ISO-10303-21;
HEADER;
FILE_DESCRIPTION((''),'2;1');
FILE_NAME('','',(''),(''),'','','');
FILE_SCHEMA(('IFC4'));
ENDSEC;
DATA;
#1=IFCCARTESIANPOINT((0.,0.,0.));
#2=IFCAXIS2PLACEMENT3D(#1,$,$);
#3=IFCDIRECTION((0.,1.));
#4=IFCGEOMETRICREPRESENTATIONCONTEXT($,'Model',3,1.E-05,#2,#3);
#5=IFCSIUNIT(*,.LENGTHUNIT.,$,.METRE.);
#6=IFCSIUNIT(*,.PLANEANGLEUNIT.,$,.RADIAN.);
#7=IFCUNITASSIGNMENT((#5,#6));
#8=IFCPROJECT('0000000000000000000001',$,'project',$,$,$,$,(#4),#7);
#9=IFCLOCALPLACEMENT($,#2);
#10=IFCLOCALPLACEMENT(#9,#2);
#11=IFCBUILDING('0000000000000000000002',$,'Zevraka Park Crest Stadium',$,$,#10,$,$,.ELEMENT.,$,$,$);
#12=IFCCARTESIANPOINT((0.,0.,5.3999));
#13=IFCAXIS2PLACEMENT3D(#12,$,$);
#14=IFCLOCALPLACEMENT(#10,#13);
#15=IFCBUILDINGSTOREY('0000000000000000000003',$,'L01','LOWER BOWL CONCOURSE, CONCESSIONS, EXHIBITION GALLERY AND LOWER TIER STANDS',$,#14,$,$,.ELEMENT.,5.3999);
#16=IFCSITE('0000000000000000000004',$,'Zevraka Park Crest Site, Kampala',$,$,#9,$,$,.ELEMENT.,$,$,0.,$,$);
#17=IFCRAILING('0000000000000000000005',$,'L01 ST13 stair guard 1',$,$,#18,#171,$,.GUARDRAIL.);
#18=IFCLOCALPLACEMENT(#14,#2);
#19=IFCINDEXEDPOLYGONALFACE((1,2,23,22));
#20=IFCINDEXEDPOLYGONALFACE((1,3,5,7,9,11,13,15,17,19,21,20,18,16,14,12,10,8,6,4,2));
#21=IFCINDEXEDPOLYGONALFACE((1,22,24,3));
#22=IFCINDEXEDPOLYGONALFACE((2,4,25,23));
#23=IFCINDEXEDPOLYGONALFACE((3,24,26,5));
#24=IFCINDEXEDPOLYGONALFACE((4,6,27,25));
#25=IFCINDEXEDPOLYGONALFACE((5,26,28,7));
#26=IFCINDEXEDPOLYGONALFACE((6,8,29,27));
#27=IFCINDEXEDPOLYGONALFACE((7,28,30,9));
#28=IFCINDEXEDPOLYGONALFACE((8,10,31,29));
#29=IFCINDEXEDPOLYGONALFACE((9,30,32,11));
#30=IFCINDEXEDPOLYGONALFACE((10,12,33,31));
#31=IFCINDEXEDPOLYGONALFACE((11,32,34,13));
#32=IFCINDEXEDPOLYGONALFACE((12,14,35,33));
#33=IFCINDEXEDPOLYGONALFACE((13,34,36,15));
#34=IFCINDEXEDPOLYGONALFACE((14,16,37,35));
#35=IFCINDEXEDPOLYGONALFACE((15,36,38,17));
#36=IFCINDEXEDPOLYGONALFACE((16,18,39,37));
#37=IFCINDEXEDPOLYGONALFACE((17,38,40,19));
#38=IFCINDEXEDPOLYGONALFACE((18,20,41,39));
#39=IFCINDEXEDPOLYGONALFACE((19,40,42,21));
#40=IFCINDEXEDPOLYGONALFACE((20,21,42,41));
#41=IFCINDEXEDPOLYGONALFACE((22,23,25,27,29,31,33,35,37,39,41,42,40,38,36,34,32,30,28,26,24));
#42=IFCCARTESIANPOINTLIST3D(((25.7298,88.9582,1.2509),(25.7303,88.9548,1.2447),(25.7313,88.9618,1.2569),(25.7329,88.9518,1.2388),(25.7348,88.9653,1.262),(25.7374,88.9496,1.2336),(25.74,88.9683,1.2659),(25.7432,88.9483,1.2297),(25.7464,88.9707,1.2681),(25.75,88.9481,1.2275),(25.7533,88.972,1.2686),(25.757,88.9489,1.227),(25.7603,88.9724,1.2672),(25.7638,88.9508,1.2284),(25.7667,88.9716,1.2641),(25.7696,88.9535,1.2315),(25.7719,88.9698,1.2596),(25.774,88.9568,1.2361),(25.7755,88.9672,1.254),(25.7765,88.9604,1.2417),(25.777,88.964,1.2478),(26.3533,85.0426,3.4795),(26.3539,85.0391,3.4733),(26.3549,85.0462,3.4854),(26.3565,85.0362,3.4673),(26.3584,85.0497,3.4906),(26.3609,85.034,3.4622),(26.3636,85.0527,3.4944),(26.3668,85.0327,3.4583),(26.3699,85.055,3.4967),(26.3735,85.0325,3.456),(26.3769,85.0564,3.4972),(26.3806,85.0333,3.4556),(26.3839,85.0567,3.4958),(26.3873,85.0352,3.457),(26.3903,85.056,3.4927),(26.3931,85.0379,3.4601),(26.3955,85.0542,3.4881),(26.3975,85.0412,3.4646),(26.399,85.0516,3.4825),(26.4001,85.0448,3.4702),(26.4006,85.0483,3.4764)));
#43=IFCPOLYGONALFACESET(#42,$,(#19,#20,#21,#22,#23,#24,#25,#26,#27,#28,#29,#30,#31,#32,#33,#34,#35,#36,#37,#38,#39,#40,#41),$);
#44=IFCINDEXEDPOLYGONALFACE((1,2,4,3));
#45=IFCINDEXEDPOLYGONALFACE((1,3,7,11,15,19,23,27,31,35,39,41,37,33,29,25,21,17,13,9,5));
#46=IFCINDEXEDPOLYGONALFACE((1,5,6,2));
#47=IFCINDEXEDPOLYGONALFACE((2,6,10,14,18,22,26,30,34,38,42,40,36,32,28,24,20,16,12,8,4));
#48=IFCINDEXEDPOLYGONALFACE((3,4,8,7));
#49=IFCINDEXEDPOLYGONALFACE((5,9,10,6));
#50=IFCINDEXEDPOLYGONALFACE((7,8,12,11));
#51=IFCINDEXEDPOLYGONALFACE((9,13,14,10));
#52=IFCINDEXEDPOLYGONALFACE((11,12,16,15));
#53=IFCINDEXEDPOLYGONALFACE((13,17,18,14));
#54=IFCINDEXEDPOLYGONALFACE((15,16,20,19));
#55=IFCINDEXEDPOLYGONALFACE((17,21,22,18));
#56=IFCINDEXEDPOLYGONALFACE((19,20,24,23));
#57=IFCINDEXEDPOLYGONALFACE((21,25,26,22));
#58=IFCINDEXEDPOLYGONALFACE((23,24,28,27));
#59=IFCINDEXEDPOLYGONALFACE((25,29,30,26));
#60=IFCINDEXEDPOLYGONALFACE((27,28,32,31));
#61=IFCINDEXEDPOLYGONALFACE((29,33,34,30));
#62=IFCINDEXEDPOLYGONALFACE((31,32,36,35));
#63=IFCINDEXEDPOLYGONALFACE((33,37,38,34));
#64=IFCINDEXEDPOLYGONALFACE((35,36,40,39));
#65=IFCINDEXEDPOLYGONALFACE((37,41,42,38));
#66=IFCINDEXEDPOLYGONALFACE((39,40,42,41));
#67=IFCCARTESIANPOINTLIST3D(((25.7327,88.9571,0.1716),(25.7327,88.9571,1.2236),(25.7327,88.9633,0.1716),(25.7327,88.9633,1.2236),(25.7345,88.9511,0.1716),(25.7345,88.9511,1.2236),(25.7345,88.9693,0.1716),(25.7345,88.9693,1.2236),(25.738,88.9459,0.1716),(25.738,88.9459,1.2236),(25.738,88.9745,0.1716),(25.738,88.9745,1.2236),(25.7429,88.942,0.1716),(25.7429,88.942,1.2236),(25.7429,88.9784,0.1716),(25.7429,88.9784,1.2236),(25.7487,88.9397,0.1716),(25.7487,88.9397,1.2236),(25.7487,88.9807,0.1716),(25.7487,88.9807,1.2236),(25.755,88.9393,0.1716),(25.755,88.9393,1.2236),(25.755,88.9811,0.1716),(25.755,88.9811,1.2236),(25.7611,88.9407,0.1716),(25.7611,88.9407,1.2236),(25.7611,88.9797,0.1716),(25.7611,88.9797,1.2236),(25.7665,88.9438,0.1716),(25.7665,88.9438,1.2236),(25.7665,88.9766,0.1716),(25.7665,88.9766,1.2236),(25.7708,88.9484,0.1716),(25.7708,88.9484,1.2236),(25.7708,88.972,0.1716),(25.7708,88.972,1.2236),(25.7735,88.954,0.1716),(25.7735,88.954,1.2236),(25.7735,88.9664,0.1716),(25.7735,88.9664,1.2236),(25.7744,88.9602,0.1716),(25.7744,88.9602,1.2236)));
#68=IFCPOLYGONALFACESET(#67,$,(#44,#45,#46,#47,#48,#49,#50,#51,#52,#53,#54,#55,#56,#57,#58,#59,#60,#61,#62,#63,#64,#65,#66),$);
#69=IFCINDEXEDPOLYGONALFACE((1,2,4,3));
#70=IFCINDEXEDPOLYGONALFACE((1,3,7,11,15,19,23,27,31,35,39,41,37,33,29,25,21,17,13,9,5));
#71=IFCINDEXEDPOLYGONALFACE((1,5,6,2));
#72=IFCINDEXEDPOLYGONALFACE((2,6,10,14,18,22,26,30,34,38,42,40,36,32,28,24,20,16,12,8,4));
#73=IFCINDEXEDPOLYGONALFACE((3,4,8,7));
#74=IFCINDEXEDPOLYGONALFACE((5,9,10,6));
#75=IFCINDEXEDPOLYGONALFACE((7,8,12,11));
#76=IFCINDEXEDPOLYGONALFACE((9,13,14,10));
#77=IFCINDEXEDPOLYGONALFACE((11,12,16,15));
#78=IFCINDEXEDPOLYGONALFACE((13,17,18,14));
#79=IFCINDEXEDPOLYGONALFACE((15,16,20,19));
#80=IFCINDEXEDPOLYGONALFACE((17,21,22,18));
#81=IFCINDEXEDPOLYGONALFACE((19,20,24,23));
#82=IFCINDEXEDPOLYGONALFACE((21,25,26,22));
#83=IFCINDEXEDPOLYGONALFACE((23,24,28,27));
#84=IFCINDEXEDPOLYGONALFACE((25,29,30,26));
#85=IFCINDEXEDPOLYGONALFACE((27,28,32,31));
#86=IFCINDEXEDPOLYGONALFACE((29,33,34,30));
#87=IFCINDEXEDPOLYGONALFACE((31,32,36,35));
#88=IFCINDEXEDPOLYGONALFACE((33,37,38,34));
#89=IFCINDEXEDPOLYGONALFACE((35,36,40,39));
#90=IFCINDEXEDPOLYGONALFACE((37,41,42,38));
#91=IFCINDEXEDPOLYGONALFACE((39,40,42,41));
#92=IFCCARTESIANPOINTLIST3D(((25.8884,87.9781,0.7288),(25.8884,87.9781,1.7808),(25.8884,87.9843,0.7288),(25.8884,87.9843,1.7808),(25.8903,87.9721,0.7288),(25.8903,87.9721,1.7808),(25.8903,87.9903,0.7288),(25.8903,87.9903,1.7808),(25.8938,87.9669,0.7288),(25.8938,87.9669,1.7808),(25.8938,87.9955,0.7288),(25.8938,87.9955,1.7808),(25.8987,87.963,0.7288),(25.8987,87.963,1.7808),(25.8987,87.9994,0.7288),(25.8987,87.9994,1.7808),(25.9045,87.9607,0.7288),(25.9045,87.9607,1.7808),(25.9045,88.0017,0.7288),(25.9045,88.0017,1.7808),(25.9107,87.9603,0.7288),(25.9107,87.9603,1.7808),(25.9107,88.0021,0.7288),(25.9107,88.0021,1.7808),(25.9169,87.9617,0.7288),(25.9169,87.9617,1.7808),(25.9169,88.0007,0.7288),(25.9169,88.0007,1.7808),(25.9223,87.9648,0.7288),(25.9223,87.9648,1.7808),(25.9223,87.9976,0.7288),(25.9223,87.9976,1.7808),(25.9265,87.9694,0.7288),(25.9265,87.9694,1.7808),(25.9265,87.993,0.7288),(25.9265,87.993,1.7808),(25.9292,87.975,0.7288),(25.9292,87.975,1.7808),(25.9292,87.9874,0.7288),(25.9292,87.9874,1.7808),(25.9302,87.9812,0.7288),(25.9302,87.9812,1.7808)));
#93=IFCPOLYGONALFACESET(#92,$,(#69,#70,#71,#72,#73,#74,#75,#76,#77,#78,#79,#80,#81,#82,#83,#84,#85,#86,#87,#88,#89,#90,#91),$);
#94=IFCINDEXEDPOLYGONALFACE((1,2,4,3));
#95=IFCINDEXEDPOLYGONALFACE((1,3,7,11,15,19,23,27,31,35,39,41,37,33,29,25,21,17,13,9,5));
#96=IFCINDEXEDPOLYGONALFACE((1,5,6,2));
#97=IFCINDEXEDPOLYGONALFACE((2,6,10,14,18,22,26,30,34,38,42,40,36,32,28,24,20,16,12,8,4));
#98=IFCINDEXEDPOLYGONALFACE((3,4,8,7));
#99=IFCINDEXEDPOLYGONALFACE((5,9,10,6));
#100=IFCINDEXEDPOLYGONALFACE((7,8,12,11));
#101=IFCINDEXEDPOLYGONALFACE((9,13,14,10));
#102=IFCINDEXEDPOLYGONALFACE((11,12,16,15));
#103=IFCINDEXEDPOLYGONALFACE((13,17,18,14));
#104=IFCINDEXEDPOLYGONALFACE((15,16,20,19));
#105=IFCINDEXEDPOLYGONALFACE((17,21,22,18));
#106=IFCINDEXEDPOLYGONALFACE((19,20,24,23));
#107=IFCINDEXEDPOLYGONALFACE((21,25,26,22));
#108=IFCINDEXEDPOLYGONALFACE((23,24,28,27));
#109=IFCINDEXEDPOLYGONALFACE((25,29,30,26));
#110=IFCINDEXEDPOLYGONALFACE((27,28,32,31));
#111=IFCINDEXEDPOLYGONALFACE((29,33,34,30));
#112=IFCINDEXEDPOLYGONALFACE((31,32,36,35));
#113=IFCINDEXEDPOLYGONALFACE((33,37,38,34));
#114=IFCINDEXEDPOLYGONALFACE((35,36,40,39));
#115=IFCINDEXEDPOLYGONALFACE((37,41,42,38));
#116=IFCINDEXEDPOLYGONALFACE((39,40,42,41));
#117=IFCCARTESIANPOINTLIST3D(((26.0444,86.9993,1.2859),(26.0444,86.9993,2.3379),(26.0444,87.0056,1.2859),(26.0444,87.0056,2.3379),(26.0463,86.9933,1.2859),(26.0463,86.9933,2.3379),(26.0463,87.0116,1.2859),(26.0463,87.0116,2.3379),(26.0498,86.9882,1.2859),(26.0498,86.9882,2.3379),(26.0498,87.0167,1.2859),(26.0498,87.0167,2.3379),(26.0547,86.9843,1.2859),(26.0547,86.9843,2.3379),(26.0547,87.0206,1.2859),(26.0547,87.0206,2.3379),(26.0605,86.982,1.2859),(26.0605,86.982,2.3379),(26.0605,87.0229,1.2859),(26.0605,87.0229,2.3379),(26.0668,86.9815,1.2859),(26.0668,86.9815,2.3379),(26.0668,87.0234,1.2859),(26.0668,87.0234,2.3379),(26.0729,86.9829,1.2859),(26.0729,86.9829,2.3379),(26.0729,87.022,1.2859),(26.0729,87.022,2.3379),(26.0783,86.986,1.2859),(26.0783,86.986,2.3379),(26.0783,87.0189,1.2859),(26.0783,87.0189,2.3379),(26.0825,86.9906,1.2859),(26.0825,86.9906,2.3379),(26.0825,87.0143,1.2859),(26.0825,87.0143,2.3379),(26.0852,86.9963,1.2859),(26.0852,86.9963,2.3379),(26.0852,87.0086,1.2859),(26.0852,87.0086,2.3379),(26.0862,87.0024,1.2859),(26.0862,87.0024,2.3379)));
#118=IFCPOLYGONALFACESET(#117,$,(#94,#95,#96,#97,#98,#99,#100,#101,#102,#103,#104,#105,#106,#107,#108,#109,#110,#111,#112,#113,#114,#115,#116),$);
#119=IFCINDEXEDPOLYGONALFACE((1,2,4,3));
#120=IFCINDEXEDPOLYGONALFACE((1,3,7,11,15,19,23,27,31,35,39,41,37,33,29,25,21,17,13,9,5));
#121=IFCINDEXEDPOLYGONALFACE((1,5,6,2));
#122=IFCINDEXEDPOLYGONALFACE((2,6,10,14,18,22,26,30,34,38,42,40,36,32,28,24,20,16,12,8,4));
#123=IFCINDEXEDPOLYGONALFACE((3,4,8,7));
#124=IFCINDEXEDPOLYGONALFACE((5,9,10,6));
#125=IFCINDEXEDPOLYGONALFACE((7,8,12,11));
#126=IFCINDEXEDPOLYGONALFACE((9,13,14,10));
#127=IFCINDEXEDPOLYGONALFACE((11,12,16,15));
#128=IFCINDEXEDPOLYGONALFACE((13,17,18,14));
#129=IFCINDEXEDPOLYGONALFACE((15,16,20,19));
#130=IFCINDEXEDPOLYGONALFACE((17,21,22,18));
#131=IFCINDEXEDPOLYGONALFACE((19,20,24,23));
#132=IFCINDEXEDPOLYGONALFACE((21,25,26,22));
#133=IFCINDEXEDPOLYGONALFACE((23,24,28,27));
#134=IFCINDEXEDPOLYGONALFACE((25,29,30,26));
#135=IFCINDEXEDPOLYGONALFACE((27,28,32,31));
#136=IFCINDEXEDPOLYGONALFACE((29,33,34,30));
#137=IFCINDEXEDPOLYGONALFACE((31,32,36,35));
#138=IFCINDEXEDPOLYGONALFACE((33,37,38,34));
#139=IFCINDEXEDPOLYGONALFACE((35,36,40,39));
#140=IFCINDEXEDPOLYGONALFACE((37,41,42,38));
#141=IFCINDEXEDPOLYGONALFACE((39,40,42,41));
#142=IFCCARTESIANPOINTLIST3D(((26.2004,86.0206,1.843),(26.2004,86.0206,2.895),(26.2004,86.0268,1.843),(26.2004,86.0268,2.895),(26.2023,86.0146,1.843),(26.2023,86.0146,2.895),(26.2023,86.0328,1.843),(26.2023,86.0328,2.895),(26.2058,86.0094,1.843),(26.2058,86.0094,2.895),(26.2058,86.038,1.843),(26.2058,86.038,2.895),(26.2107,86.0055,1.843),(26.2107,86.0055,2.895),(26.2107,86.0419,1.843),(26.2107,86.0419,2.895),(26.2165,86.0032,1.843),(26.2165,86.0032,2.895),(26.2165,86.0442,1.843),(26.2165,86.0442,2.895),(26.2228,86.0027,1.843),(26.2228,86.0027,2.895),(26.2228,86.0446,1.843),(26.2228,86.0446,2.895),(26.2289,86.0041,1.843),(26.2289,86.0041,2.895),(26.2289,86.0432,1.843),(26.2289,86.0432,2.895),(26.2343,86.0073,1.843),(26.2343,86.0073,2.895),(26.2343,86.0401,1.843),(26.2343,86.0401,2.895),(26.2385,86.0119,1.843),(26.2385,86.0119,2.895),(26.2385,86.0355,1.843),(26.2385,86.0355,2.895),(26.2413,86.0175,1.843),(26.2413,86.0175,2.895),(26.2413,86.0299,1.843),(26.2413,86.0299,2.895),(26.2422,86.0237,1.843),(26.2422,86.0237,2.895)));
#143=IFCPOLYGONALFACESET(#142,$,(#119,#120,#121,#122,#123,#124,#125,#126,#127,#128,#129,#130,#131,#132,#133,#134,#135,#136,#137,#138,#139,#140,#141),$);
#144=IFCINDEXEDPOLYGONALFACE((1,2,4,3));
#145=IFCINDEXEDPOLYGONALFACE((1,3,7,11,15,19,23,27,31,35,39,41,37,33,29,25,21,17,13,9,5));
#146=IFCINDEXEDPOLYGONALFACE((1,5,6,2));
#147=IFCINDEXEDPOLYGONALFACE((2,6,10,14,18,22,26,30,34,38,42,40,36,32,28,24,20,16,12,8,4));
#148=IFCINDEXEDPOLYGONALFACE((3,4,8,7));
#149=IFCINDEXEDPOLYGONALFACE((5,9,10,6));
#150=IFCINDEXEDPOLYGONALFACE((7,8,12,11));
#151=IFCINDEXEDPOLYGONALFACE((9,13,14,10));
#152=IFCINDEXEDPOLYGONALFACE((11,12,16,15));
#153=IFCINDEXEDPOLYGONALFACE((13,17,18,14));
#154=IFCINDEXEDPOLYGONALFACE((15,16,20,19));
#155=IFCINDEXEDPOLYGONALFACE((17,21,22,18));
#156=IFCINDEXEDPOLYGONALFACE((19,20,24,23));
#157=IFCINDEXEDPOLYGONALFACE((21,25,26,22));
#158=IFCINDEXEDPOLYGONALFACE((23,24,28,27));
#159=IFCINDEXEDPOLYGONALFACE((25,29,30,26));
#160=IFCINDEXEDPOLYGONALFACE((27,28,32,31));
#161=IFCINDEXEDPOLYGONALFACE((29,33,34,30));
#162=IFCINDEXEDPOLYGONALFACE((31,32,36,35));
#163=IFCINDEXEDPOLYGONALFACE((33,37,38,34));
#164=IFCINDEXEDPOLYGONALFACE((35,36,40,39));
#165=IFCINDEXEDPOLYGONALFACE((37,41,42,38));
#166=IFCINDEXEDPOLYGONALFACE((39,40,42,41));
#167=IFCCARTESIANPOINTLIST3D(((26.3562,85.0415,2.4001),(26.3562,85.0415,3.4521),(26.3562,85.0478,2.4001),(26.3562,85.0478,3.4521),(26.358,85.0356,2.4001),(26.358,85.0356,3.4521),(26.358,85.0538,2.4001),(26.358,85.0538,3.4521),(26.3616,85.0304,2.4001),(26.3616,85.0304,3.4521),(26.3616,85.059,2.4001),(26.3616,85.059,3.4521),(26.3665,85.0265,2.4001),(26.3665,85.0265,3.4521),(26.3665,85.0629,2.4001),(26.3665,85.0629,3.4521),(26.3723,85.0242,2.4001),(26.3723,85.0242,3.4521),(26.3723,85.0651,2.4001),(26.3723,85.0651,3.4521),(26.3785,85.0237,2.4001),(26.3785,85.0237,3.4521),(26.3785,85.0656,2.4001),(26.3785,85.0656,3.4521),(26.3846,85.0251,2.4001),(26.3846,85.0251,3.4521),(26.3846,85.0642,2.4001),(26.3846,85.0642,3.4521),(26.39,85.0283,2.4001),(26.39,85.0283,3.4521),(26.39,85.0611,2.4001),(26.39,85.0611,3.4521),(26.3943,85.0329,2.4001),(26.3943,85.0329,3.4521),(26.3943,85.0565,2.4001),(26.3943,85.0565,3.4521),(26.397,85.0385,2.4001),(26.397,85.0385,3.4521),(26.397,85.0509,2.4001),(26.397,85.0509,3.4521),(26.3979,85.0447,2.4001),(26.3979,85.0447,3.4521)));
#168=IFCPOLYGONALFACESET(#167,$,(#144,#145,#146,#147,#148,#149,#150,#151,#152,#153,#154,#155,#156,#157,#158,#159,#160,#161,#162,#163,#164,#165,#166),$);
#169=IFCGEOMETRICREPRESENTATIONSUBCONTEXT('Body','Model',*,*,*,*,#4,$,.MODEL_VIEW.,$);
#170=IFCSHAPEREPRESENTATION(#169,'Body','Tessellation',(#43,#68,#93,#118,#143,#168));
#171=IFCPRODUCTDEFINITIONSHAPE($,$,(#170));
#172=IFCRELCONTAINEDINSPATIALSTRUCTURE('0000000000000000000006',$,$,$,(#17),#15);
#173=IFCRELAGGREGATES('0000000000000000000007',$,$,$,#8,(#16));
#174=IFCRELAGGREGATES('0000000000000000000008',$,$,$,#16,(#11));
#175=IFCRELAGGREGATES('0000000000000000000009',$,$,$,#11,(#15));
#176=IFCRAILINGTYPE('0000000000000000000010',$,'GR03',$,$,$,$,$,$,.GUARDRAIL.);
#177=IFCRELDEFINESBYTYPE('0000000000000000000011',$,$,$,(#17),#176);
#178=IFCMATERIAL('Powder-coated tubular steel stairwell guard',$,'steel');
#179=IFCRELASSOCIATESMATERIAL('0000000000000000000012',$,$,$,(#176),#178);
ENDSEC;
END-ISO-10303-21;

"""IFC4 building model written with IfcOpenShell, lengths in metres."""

from ifc_helpers import new_model, si_unit, direction, frame, origin, origin_2d, place, context, subcontext, project, spatial, circle, extrude, material, type_object, element, save


model = new_model("IFC4")

# Units and contexts
model_context = context("Model", 3, precision=1e-05, world=origin(), true_north=direction((0.0, 1.0)))
body_context = subcontext(model_context, "Body", "Model", "MODEL_VIEW")
ifc_project = project(units=[si_unit("LENGTHUNIT", "METRE"), si_unit("PLANEANGLEUNIT", "RADIAN")], contexts=[model_context])

# Site, building, storey
site_placement = place(None, origin())
site = spatial("IfcSite", under=ifc_project, at=site_placement, Name="Zevraka Park Crest Site, Kampala", CompositionType="ELEMENT", RefElevation=0.0)
building_placement = place(site_placement, origin())
building = spatial("IfcBuilding", under=site, at=building_placement, Name="Zevraka Park Crest Stadium", CompositionType="ELEMENT")
storey_placement = place(building_placement, frame((0.0, 0.0, 5.3999)))
storey = spatial("IfcBuildingStorey", under=building, at=storey_placement, Name="L01", Description="LOWER BOWL CONCOURSE, CONCESSIONS, EXHIBITION GALLERY AND LOWER TIER STANDS", CompositionType="ELEMENT", Elevation=5.3999)

# Railing
ifc_material_1 = material(Name="Powder-coated tubular steel stairwell guard", Category="steel")
railing_type_1 = type_object("IfcRailingType", Name="GR03", PredefinedType="GUARDRAIL", material=ifc_material_1)
railing_1_placement = place(storey_placement, frame((25.7534, 88.9602, 0.1716)))
element("IfcRailing", 1, at=railing_1_placement, inside=storey, type_object=railing_type_1, Name="L01 ST13 stair guard 1", PredefinedType="GUARDRAIL", context=body_context, shape_type="SweptSolid", body=[
    extrude(circle(Radius=0.0239, at=origin_2d()), frame((0.0, 0.0, 1.0762), z_axis=(0.137094, -0.86089, 0.489974), x_axis=(0.987556, 0.157265, 0.0)), (0.0, 0.0, 1.0), 4.5483),
    extrude(circle(Radius=0.021, at=origin_2d()), origin(), (0.0, 0.0, 1.0), 1.052),
    extrude(circle(Radius=0.021, at=origin_2d()), frame((0.1558, -0.979, 0.5571)), (0.0, 0.0, 1.0), 1.052),
    extrude(circle(Radius=0.021, at=origin_2d()), frame((0.3118, -1.9578, 1.1143)), (0.0, 0.0, 1.0), 1.052),
    extrude(circle(Radius=0.021, at=origin_2d()), frame((0.4678, -2.9365, 1.6714)), (0.0, 0.0, 1.0), 1.052),
    extrude(circle(Radius=0.021, at=origin_2d()), frame((0.6235, -3.9155, 2.2285)), (0.0, 0.0, 1.0), 1.052),
])

save(model, "model.ifc")
